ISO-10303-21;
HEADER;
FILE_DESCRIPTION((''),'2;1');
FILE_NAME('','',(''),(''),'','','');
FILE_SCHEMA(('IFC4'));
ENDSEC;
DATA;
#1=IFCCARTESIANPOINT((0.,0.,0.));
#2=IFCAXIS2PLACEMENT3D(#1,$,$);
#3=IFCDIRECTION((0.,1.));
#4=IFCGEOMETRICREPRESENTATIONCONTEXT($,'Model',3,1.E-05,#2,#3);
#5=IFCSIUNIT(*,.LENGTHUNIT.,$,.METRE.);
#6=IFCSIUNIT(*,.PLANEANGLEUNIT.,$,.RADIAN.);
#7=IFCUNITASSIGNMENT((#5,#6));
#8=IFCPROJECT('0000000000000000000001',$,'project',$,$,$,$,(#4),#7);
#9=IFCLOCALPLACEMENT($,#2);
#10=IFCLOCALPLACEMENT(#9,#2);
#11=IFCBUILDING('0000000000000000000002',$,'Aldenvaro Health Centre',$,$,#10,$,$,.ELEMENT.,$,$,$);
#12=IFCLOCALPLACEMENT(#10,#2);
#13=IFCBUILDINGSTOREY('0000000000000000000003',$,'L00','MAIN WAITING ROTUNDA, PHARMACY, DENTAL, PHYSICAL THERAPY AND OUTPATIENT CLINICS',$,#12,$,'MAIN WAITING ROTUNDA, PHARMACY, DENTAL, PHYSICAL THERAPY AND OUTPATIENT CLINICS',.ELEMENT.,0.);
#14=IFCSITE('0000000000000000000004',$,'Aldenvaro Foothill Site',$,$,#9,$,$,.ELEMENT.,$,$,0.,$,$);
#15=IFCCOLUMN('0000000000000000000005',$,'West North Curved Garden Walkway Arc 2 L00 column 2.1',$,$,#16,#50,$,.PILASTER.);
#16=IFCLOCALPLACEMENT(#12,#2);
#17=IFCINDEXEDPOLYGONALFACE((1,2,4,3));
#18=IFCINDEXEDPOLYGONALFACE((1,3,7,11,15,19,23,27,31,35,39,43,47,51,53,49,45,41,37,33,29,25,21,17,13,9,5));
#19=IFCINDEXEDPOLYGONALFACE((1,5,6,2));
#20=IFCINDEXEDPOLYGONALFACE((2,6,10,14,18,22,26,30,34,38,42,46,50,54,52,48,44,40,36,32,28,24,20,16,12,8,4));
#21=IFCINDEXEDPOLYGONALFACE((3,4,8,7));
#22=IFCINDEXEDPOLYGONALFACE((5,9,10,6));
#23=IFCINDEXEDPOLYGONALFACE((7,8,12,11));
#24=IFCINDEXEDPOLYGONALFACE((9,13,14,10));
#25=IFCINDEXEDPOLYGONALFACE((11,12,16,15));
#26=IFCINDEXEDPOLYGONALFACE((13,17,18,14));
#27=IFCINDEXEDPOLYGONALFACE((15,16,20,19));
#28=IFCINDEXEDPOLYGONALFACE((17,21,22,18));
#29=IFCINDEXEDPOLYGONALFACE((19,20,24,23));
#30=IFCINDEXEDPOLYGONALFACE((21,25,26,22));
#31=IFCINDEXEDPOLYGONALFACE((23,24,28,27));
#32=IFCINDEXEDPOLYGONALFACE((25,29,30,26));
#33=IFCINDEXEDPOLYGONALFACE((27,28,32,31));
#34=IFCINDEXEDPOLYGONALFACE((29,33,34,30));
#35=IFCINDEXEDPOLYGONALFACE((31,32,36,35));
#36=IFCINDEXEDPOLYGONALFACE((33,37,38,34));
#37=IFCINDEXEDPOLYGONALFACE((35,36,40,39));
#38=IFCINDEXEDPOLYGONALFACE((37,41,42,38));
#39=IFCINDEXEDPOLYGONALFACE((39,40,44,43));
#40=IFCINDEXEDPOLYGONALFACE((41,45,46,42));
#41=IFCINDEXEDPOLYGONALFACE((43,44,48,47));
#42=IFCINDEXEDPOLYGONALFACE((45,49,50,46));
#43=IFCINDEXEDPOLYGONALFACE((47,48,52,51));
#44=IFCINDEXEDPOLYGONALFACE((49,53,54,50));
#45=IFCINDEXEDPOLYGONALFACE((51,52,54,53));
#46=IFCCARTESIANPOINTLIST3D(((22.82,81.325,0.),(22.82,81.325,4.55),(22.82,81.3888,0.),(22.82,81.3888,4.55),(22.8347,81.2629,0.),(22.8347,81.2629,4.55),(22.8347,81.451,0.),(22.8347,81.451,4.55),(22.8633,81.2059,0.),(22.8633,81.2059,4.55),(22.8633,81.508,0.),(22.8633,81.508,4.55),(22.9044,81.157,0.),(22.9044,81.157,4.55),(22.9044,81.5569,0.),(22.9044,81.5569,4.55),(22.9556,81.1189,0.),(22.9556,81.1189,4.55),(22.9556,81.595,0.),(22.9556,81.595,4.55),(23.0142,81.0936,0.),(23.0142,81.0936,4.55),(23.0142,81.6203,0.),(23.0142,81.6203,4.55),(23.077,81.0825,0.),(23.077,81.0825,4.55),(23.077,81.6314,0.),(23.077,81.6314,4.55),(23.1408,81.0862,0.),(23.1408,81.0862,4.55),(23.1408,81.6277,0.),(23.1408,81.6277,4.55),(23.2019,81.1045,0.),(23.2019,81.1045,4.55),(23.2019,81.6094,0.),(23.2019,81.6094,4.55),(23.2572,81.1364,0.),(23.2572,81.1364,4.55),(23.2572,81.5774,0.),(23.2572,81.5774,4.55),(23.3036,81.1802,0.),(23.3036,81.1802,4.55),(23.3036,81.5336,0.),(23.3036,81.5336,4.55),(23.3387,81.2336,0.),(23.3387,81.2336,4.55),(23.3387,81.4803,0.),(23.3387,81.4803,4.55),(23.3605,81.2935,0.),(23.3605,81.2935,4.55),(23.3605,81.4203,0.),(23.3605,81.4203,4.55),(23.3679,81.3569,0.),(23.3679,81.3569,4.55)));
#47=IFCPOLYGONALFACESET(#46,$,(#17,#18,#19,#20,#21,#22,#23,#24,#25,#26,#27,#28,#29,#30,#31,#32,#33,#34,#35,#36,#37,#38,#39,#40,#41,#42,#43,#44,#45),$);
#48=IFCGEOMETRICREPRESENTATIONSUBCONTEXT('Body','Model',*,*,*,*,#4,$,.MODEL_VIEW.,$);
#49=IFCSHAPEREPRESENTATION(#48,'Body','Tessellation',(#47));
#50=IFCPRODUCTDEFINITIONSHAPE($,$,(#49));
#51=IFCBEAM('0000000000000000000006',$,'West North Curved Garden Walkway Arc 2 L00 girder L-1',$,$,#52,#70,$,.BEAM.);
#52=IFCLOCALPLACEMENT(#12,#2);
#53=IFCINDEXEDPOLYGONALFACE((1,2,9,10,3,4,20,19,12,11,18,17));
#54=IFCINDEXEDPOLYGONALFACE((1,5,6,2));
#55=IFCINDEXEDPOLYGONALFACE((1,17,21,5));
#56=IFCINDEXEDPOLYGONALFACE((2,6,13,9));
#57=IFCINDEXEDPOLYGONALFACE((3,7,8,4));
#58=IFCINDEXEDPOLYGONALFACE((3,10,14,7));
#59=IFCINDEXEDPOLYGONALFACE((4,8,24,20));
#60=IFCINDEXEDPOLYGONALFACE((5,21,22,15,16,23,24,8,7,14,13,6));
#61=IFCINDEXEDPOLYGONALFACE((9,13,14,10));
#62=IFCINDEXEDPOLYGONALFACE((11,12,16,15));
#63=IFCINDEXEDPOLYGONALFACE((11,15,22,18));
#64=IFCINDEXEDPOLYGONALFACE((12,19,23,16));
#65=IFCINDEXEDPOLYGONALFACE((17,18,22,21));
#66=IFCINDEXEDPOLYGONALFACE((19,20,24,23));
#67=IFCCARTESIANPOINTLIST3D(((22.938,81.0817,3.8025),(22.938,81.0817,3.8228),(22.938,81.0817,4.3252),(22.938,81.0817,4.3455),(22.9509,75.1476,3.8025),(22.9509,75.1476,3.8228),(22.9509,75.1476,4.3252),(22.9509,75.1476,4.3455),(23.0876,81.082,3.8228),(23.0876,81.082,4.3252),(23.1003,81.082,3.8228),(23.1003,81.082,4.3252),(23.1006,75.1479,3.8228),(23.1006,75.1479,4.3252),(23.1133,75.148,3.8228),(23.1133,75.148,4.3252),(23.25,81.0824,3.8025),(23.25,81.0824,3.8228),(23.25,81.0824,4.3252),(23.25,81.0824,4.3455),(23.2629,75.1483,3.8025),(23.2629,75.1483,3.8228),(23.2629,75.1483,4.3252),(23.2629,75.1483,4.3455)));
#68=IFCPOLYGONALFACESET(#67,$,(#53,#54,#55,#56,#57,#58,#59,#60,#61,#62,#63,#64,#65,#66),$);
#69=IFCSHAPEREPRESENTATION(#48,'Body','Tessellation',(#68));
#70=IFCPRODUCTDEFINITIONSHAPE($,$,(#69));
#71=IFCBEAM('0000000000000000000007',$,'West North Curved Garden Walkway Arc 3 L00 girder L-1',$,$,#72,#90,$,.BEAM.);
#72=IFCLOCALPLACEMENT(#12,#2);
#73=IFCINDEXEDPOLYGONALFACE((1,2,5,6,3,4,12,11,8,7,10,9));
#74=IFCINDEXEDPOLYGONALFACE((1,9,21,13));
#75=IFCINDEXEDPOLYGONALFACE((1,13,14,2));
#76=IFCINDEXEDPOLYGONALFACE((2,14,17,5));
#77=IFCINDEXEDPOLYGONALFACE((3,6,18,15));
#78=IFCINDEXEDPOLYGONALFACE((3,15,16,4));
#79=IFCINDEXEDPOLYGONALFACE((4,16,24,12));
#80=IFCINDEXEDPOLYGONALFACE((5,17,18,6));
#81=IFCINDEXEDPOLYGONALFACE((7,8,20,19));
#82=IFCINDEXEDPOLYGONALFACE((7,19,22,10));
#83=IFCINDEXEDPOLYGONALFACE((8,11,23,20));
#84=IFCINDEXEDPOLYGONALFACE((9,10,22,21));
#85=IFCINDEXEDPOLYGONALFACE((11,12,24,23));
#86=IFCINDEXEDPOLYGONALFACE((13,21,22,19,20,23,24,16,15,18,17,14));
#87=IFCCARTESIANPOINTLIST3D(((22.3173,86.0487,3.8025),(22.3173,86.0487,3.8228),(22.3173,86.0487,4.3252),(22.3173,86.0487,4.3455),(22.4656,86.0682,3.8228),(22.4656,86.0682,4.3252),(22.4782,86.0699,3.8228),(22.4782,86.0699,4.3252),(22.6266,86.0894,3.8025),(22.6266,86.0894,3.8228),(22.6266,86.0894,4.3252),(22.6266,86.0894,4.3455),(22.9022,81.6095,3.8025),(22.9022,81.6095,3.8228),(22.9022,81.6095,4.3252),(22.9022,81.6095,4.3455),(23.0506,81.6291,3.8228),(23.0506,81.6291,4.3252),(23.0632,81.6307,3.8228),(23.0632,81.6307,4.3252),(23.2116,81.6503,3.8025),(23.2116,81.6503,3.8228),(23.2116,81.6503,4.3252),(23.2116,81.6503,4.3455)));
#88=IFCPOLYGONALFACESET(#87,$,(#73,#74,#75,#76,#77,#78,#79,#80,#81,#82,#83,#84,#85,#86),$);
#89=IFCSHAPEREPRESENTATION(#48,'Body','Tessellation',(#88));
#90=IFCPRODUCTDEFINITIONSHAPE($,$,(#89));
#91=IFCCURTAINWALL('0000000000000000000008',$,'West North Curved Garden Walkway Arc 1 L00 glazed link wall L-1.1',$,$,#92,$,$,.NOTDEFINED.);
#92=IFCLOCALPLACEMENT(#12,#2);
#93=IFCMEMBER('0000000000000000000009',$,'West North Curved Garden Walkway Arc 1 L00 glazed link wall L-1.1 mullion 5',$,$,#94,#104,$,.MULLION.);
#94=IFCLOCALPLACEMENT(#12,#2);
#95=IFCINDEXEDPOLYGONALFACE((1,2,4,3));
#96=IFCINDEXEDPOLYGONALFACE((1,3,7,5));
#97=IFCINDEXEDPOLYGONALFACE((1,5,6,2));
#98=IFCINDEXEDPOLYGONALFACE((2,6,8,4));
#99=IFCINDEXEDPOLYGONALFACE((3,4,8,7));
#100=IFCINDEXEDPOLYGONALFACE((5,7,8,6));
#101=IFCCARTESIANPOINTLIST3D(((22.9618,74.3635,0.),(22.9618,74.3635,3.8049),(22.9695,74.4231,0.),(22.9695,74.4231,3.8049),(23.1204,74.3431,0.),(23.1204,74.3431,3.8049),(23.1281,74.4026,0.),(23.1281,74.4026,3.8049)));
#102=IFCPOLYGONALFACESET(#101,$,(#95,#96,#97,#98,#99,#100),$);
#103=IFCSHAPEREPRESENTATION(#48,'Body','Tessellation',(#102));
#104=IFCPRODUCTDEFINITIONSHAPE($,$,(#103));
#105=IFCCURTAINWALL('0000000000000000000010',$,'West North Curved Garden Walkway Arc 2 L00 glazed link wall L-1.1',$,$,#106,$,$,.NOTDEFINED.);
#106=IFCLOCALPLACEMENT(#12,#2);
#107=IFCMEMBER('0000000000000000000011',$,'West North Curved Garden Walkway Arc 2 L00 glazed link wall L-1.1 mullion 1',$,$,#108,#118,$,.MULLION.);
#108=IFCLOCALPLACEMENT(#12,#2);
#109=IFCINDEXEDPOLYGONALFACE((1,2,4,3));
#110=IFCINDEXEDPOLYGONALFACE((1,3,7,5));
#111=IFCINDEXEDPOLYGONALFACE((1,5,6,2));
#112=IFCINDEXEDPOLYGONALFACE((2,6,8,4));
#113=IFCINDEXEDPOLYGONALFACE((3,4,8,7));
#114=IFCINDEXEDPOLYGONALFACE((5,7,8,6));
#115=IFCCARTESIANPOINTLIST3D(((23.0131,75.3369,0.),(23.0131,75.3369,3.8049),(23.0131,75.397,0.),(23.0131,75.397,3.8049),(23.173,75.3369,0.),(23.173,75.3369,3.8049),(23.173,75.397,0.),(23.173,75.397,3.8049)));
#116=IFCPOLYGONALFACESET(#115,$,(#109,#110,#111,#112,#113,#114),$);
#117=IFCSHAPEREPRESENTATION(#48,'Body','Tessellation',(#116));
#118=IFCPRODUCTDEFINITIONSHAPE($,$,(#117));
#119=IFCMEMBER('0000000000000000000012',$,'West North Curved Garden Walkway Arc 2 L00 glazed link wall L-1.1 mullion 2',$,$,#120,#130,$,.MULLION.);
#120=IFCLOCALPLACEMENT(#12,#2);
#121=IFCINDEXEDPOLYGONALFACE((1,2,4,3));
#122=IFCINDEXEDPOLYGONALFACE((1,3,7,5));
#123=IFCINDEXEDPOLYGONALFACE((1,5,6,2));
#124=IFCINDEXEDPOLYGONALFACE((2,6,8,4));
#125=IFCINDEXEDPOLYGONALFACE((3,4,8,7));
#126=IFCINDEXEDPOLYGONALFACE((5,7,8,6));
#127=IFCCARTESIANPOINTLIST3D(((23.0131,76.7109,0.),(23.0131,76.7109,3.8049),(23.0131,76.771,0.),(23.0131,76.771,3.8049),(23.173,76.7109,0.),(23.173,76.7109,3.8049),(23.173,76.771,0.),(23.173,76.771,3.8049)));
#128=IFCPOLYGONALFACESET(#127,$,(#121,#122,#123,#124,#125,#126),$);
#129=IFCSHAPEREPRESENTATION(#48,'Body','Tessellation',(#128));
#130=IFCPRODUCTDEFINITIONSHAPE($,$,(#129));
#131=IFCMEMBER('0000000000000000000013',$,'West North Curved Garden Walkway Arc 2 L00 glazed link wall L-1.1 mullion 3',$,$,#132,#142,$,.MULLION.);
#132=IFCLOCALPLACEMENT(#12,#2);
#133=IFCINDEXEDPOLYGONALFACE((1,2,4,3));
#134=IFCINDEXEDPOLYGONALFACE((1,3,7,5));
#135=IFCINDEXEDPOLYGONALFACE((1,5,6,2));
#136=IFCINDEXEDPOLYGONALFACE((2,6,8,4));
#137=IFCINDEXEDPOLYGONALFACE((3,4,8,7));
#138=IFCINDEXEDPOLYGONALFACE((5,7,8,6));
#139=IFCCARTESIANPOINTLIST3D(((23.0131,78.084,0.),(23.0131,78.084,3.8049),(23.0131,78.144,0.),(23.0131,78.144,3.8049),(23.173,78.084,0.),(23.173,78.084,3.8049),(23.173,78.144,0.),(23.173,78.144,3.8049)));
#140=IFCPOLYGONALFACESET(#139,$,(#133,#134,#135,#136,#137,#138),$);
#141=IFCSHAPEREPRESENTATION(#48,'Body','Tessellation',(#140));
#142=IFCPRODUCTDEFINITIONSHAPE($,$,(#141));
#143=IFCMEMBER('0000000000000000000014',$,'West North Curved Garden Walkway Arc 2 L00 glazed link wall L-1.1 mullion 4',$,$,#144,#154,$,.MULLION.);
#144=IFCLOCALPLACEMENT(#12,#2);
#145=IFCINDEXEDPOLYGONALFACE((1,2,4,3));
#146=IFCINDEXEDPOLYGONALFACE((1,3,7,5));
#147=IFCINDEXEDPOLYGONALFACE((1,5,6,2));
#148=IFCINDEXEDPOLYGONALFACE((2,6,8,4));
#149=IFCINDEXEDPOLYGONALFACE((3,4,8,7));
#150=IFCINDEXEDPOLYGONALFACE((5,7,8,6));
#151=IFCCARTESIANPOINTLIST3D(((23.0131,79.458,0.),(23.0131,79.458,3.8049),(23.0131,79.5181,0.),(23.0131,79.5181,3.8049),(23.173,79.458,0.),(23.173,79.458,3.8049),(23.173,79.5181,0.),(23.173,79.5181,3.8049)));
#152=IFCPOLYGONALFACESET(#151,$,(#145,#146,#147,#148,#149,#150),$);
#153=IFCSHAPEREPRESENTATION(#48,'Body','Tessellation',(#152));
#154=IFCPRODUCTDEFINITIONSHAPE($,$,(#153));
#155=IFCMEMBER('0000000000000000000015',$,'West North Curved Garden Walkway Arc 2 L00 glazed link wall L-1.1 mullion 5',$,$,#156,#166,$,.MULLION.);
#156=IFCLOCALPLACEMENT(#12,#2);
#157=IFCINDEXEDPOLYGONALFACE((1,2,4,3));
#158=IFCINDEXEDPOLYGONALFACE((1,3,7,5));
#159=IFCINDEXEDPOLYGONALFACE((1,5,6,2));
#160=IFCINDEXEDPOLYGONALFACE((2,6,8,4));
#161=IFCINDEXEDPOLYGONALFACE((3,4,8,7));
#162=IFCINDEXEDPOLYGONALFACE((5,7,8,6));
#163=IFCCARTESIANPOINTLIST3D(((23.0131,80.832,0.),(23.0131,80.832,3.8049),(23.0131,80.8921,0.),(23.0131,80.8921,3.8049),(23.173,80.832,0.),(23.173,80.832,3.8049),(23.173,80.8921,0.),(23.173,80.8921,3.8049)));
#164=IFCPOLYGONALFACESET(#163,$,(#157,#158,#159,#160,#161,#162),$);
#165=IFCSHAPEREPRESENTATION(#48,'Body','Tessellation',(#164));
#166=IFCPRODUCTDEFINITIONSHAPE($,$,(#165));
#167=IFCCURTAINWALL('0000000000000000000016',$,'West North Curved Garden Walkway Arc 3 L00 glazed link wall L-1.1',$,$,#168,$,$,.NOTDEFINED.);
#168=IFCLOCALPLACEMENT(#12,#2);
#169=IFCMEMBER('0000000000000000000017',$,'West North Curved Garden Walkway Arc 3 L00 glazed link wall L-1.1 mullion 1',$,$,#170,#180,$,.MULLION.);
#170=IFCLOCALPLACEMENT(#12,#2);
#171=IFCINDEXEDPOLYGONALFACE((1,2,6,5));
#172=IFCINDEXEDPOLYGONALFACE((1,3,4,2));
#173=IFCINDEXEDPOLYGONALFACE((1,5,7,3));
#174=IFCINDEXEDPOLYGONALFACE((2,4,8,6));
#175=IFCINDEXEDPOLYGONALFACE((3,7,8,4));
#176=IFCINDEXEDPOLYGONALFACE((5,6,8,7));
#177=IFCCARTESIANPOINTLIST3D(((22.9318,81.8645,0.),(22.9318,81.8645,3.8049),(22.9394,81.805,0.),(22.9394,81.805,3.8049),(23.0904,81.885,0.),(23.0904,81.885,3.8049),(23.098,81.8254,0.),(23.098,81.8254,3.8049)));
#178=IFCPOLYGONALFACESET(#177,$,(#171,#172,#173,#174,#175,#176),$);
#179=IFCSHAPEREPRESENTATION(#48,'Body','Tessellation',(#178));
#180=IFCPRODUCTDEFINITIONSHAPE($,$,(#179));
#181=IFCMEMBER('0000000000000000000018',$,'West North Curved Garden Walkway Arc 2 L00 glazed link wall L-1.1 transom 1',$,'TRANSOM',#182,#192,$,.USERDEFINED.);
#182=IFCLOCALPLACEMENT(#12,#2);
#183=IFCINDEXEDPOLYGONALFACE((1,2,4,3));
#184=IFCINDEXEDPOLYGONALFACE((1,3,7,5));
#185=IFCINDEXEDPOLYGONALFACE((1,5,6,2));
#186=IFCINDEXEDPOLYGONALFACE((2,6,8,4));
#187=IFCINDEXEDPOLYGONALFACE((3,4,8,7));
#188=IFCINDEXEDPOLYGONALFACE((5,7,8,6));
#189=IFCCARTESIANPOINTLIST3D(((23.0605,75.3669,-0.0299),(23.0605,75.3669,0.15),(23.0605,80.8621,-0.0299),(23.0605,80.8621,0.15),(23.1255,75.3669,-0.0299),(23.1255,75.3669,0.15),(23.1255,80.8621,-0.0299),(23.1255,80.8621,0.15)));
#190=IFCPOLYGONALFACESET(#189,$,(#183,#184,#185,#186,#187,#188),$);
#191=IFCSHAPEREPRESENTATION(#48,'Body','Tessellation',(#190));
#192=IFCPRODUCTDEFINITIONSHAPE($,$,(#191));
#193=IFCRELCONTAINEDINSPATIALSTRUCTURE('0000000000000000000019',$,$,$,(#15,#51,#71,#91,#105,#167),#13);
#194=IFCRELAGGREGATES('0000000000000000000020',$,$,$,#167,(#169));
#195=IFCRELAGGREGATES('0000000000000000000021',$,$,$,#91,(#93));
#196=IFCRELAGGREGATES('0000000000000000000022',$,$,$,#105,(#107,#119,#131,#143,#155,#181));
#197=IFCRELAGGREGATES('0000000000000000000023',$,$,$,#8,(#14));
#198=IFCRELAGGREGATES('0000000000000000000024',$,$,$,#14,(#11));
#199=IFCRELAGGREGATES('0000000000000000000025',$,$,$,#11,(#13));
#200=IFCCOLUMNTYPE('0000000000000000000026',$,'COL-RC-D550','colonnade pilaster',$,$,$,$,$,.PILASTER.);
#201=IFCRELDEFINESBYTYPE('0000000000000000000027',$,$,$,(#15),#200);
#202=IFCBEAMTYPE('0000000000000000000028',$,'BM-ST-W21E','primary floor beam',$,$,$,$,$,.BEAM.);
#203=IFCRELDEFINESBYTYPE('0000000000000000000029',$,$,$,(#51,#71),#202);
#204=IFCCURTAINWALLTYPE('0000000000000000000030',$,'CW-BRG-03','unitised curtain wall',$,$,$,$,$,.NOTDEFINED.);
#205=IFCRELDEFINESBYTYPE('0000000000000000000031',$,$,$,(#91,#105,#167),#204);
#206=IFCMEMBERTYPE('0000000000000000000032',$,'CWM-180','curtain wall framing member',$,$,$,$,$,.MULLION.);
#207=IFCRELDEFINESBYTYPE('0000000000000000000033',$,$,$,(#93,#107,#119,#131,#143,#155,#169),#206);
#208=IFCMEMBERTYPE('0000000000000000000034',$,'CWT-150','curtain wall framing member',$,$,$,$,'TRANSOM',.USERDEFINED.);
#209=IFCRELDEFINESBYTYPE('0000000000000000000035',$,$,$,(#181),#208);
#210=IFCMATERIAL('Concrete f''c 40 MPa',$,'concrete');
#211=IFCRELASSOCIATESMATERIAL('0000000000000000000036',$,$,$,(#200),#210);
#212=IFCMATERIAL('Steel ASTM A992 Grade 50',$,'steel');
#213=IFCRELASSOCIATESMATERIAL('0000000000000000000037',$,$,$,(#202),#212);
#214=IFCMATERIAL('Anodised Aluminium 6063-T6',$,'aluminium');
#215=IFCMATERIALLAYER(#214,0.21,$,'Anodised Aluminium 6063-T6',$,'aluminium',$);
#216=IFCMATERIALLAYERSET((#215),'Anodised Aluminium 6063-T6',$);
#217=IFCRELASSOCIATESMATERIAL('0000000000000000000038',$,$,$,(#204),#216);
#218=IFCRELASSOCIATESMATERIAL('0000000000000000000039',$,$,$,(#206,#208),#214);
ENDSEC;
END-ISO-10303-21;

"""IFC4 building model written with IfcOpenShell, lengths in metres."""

from ifc_helpers import new_model, si_unit, direction, frame, origin, origin_2d, place, context, subcontext, project, spatial, rectangle, circle, i_section, extrude, material, layer, layer_set, material_profile, profile_set, type_object, element, aggregate, save


model = new_model("IFC4")

# Units and contexts
model_context = context("Model", 3, precision=1e-05, world=origin(), true_north=direction((0.0, 1.0)))
body_context = subcontext(model_context, "Body", "Model", "MODEL_VIEW")
ifc_project = project(units=[si_unit("LENGTHUNIT", "METRE"), si_unit("PLANEANGLEUNIT", "RADIAN")], contexts=[model_context])

# Site, building, storey
site_placement = place(None, origin())
site = spatial("IfcSite", under=ifc_project, at=site_placement, Name="Aldenvaro Foothill Site", CompositionType="ELEMENT", RefElevation=0.0)
building_placement = place(site_placement, origin())
building = spatial("IfcBuilding", under=site, at=building_placement, Name="Aldenvaro Health Centre", CompositionType="ELEMENT")
storey_placement = place(building_placement, origin())
storey = spatial("IfcBuildingStorey", under=building, at=storey_placement, Name="L00", Description="MAIN WAITING ROTUNDA, PHARMACY, DENTAL, PHYSICAL THERAPY AND OUTPATIENT CLINICS", LongName="MAIN WAITING ROTUNDA, PHARMACY, DENTAL, PHYSICAL THERAPY AND OUTPATIENT CLINICS", CompositionType="ELEMENT", Elevation=0.0)

# Column
ifc_material_1 = material(Name="Concrete f'c 40 MPa", Category="concrete")
ifc_material_profile_1 = material_profile(ifc_material_1, circle(Radius=0.2749, at=origin_2d()), Name="RC D550", Category="concrete")
ifc_profile_set_1 = profile_set([ifc_material_profile_1], Name="Concrete f'c 40 MPa")
column_type = type_object("IfcColumnType", Name="COL-RC-D550", Description="colonnade pilaster", PredefinedType="PILASTER", material=ifc_profile_set_1)
column_placement = place(storey_placement, frame((23.093, 81.3569, 0.0), z_axis=(0.0, 0.0, 1.0), x_axis=(1.0, 0.0, 0.0)))
element("IfcColumn", 1, at=column_placement, inside=storey, type_object=column_type, Name="West North Curved Garden Walkway Arc 2 L00 column 2.1", PredefinedType="PILASTER", context=body_context, shape_type="SweptSolid", body=[
    extrude(circle(Radius=0.2749, at=origin_2d()), origin(), (0.0, 0.0, 1.0), 4.55),
])

# Beams
ifc_material_2 = material(Name="Steel ASTM A992 Grade 50", Category="steel")
ifc_material_profile_2 = material_profile(ifc_material_2, i_section(OverallWidth=0.312, OverallDepth=0.543, WebThickness=0.0127, FlangeThickness=0.0203, at=origin_2d()), Name="W21X101", Category="steel")
ifc_profile_set_2 = profile_set([ifc_material_profile_2], Name="Steel ASTM A992 Grade 50")
beam_type = type_object("IfcBeamType", Name="BM-ST-W21E", Description="primary floor beam", PredefinedType="BEAM", material=ifc_profile_set_2)
beam_1_placement = place(storey_placement, frame((23.1069, 75.1479, 4.074), z_axis=(-0.002181, 0.999998, 0.0), x_axis=(-0.999998, -0.002181, 0.0)))
element("IfcBeam", 2, at=beam_1_placement, inside=storey, type_object=beam_type, Name="West North Curved Garden Walkway Arc 2 L00 girder L-1", PredefinedType="BEAM", context=body_context, shape_type="SweptSolid", body=[
    extrude(i_section(OverallWidth=0.312, OverallDepth=0.543, WebThickness=0.0127, FlangeThickness=0.0203, at=origin_2d()), origin(), (0.0, 0.0, 1.0), 5.9341),
])
beam_2_placement = place(storey_placement, frame((23.0569, 81.6299, 4.074), z_axis=(-0.130642, 0.99143, 0.0), x_axis=(-0.99143, -0.130642, 0.0)))
element("IfcBeam", 3, at=beam_2_placement, inside=storey, type_object=beam_type, Name="West North Curved Garden Walkway Arc 3 L00 girder L-1", PredefinedType="BEAM", context=body_context, shape_type="SweptSolid", body=[
    extrude(i_section(OverallWidth=0.312, OverallDepth=0.543, WebThickness=0.0127, FlangeThickness=0.0203, at=origin_2d()), origin(), (0.0, 0.0, 1.0), 4.4775),
])

# Curtain wall, member
ifc_material_3 = material(Name="Anodised Aluminium 6063-T6", Category="aluminium")
ifc_layer_1 = layer(ifc_material_3, 0.21, Name="Anodised Aluminium 6063-T6", Category="aluminium")
ifc_layer_set_1 = layer_set([ifc_layer_1], Name="Anodised Aluminium 6063-T6")
curtain_wall_type = type_object("IfcCurtainWallType", Name="CW-BRG-03", Description="unitised curtain wall", PredefinedType="NOTDEFINED", material=ifc_layer_set_1)
curtain_wall_1_placement = place(storey_placement, origin())
curtain_wall_1 = element("IfcCurtainWall", 4, at=curtain_wall_1_placement, inside=storey, type_object=curtain_wall_type, Name="West North Curved Garden Walkway Arc 1 L00 glazed link wall L-1.1", PredefinedType="NOTDEFINED")
ifc_material_profile_3 = material_profile(ifc_material_3, rectangle(XDim=0.0601, YDim=0.1599, at=origin_2d()), Name="ALU 60x160", Category="aluminium")
ifc_profile_set_3 = profile_set([ifc_material_profile_3], Name="Anodised Aluminium 6063-T6")
member_type_1 = type_object("IfcMemberType", Name="CWM-180", Description="curtain wall framing member", PredefinedType="MULLION", material=ifc_profile_set_3)
member_1_placement = place(storey_placement, frame((23.0449, 74.3831, 0.0), z_axis=(0.0, 0.0, 1.0), x_axis=(0.127847, 0.991794, 0.0)))
member_1 = element("IfcMember", 5, at=member_1_placement, type_object=member_type_1, Name="West North Curved Garden Walkway Arc 1 L00 glazed link wall L-1.1 mullion 5", PredefinedType="MULLION", context=body_context, shape_type="SweptSolid", body=[
    extrude(rectangle(XDim=0.0601, YDim=0.1599, at=origin_2d()), origin(), (0.0, 0.0, 1.0), 3.8049),
])

# Curtain wall, members
curtain_wall_2_placement = place(storey_placement, origin())
curtain_wall_2 = element("IfcCurtainWall", 6, at=curtain_wall_2_placement, inside=storey, type_object=curtain_wall_type, Name="West North Curved Garden Walkway Arc 2 L00 glazed link wall L-1.1", PredefinedType="NOTDEFINED")
member_2_placement = place(storey_placement, frame((23.093, 75.3669, 0.0), z_axis=(0.0, 0.0, 1.0), x_axis=(0.0, 1.0, 0.0)))
member_2 = element("IfcMember", 7, at=member_2_placement, type_object=member_type_1, Name="West North Curved Garden Walkway Arc 2 L00 glazed link wall L-1.1 mullion 1", PredefinedType="MULLION", context=body_context, shape_type="SweptSolid", body=[
    extrude(rectangle(XDim=0.0601, YDim=0.1599, at=origin_2d()), origin(), (0.0, 0.0, 1.0), 3.8049),
])
member_3_placement = place(storey_placement, frame((23.093, 76.741, 0.0), z_axis=(0.0, 0.0, 1.0), x_axis=(0.0, 1.0, 0.0)))
member_3 = element("IfcMember", 8, at=member_3_placement, type_object=member_type_1, Name="West North Curved Garden Walkway Arc 2 L00 glazed link wall L-1.1 mullion 2", PredefinedType="MULLION", context=body_context, shape_type="SweptSolid", body=[
    extrude(rectangle(XDim=0.0601, YDim=0.1599, at=origin_2d()), origin(), (0.0, 0.0, 1.0), 3.8049),
])
member_4_placement = place(storey_placement, frame((23.093, 78.114, 0.0), z_axis=(0.0, 0.0, 1.0), x_axis=(0.0, 1.0, 0.0)))
member_4 = element("IfcMember", 9, at=member_4_placement, type_object=member_type_1, Name="West North Curved Garden Walkway Arc 2 L00 glazed link wall L-1.1 mullion 3", PredefinedType="MULLION", context=body_context, shape_type="SweptSolid", body=[
    extrude(rectangle(XDim=0.0601, YDim=0.1599, at=origin_2d()), origin(), (0.0, 0.0, 1.0), 3.8049),
])
member_5_placement = place(storey_placement, frame((23.093, 79.488, 0.0), z_axis=(0.0, 0.0, 1.0), x_axis=(0.0, 1.0, 0.0)))
member_5 = element("IfcMember", 10, at=member_5_placement, type_object=member_type_1, Name="West North Curved Garden Walkway Arc 2 L00 glazed link wall L-1.1 mullion 4", PredefinedType="MULLION", context=body_context, shape_type="SweptSolid", body=[
    extrude(rectangle(XDim=0.0601, YDim=0.1599, at=origin_2d()), origin(), (0.0, 0.0, 1.0), 3.8049),
])
member_6_placement = place(storey_placement, frame((23.093, 80.8621, 0.0), z_axis=(0.0, 0.0, 1.0), x_axis=(0.0, 1.0, 0.0)))
member_6 = element("IfcMember", 11, at=member_6_placement, type_object=member_type_1, Name="West North Curved Garden Walkway Arc 2 L00 glazed link wall L-1.1 mullion 5", PredefinedType="MULLION", context=body_context, shape_type="SweptSolid", body=[
    extrude(rectangle(XDim=0.0601, YDim=0.1599, at=origin_2d()), origin(), (0.0, 0.0, 1.0), 3.8049),
])

# Curtain wall, member
curtain_wall_3_placement = place(storey_placement, origin())
curtain_wall_3 = element("IfcCurtainWall", 12, at=curtain_wall_3_placement, inside=storey, type_object=curtain_wall_type, Name="West North Curved Garden Walkway Arc 3 L00 glazed link wall L-1.1", PredefinedType="NOTDEFINED")
member_7_placement = place(storey_placement, frame((23.0149, 81.845, 0.0), z_axis=(0.0, 0.0, 1.0), x_axis=(-0.12772, 0.99181, 0.0)))
member_7 = element("IfcMember", 13, at=member_7_placement, type_object=member_type_1, Name="West North Curved Garden Walkway Arc 3 L00 glazed link wall L-1.1 mullion 1", PredefinedType="MULLION", context=body_context, shape_type="SweptSolid", body=[
    extrude(rectangle(XDim=0.0601, YDim=0.1599, at=origin_2d()), origin(), (0.0, 0.0, 1.0), 3.8049),
])

# Member
ifc_material_profile_4 = material_profile(ifc_material_3, rectangle(XDim=0.0649, YDim=0.1799, at=origin_2d()), Name="ALU 65x180", Category="aluminium")
ifc_profile_set_4 = profile_set([ifc_material_profile_4], Name="Anodised Aluminium 6063-T6")
member_type_2 = type_object("IfcMemberType", Name="CWT-150", Description="curtain wall framing member", ElementType="TRANSOM", PredefinedType="USERDEFINED", material=ifc_profile_set_4)
member_8_placement = place(storey_placement, frame((23.093, 75.3669, 0.0601), z_axis=(0.0, 1.0, 0.0), x_axis=(-1.0, 0.0, 0.0)))
member_8 = element("IfcMember", 14, at=member_8_placement, type_object=member_type_2, Name="West North Curved Garden Walkway Arc 2 L00 glazed link wall L-1.1 transom 1", ObjectType="TRANSOM", PredefinedType="USERDEFINED", context=body_context, shape_type="SweptSolid", body=[
    extrude(rectangle(XDim=0.0649, YDim=0.1799, at=origin_2d()), origin(), (0.0, 0.0, 1.0), 5.4951),
])
aggregate(curtain_wall_3, [member_7])

aggregate(curtain_wall_1, [member_1])
aggregate(curtain_wall_2, [member_2, member_3, member_4, member_5, member_6, member_8])

save(model, "model.ifc")
